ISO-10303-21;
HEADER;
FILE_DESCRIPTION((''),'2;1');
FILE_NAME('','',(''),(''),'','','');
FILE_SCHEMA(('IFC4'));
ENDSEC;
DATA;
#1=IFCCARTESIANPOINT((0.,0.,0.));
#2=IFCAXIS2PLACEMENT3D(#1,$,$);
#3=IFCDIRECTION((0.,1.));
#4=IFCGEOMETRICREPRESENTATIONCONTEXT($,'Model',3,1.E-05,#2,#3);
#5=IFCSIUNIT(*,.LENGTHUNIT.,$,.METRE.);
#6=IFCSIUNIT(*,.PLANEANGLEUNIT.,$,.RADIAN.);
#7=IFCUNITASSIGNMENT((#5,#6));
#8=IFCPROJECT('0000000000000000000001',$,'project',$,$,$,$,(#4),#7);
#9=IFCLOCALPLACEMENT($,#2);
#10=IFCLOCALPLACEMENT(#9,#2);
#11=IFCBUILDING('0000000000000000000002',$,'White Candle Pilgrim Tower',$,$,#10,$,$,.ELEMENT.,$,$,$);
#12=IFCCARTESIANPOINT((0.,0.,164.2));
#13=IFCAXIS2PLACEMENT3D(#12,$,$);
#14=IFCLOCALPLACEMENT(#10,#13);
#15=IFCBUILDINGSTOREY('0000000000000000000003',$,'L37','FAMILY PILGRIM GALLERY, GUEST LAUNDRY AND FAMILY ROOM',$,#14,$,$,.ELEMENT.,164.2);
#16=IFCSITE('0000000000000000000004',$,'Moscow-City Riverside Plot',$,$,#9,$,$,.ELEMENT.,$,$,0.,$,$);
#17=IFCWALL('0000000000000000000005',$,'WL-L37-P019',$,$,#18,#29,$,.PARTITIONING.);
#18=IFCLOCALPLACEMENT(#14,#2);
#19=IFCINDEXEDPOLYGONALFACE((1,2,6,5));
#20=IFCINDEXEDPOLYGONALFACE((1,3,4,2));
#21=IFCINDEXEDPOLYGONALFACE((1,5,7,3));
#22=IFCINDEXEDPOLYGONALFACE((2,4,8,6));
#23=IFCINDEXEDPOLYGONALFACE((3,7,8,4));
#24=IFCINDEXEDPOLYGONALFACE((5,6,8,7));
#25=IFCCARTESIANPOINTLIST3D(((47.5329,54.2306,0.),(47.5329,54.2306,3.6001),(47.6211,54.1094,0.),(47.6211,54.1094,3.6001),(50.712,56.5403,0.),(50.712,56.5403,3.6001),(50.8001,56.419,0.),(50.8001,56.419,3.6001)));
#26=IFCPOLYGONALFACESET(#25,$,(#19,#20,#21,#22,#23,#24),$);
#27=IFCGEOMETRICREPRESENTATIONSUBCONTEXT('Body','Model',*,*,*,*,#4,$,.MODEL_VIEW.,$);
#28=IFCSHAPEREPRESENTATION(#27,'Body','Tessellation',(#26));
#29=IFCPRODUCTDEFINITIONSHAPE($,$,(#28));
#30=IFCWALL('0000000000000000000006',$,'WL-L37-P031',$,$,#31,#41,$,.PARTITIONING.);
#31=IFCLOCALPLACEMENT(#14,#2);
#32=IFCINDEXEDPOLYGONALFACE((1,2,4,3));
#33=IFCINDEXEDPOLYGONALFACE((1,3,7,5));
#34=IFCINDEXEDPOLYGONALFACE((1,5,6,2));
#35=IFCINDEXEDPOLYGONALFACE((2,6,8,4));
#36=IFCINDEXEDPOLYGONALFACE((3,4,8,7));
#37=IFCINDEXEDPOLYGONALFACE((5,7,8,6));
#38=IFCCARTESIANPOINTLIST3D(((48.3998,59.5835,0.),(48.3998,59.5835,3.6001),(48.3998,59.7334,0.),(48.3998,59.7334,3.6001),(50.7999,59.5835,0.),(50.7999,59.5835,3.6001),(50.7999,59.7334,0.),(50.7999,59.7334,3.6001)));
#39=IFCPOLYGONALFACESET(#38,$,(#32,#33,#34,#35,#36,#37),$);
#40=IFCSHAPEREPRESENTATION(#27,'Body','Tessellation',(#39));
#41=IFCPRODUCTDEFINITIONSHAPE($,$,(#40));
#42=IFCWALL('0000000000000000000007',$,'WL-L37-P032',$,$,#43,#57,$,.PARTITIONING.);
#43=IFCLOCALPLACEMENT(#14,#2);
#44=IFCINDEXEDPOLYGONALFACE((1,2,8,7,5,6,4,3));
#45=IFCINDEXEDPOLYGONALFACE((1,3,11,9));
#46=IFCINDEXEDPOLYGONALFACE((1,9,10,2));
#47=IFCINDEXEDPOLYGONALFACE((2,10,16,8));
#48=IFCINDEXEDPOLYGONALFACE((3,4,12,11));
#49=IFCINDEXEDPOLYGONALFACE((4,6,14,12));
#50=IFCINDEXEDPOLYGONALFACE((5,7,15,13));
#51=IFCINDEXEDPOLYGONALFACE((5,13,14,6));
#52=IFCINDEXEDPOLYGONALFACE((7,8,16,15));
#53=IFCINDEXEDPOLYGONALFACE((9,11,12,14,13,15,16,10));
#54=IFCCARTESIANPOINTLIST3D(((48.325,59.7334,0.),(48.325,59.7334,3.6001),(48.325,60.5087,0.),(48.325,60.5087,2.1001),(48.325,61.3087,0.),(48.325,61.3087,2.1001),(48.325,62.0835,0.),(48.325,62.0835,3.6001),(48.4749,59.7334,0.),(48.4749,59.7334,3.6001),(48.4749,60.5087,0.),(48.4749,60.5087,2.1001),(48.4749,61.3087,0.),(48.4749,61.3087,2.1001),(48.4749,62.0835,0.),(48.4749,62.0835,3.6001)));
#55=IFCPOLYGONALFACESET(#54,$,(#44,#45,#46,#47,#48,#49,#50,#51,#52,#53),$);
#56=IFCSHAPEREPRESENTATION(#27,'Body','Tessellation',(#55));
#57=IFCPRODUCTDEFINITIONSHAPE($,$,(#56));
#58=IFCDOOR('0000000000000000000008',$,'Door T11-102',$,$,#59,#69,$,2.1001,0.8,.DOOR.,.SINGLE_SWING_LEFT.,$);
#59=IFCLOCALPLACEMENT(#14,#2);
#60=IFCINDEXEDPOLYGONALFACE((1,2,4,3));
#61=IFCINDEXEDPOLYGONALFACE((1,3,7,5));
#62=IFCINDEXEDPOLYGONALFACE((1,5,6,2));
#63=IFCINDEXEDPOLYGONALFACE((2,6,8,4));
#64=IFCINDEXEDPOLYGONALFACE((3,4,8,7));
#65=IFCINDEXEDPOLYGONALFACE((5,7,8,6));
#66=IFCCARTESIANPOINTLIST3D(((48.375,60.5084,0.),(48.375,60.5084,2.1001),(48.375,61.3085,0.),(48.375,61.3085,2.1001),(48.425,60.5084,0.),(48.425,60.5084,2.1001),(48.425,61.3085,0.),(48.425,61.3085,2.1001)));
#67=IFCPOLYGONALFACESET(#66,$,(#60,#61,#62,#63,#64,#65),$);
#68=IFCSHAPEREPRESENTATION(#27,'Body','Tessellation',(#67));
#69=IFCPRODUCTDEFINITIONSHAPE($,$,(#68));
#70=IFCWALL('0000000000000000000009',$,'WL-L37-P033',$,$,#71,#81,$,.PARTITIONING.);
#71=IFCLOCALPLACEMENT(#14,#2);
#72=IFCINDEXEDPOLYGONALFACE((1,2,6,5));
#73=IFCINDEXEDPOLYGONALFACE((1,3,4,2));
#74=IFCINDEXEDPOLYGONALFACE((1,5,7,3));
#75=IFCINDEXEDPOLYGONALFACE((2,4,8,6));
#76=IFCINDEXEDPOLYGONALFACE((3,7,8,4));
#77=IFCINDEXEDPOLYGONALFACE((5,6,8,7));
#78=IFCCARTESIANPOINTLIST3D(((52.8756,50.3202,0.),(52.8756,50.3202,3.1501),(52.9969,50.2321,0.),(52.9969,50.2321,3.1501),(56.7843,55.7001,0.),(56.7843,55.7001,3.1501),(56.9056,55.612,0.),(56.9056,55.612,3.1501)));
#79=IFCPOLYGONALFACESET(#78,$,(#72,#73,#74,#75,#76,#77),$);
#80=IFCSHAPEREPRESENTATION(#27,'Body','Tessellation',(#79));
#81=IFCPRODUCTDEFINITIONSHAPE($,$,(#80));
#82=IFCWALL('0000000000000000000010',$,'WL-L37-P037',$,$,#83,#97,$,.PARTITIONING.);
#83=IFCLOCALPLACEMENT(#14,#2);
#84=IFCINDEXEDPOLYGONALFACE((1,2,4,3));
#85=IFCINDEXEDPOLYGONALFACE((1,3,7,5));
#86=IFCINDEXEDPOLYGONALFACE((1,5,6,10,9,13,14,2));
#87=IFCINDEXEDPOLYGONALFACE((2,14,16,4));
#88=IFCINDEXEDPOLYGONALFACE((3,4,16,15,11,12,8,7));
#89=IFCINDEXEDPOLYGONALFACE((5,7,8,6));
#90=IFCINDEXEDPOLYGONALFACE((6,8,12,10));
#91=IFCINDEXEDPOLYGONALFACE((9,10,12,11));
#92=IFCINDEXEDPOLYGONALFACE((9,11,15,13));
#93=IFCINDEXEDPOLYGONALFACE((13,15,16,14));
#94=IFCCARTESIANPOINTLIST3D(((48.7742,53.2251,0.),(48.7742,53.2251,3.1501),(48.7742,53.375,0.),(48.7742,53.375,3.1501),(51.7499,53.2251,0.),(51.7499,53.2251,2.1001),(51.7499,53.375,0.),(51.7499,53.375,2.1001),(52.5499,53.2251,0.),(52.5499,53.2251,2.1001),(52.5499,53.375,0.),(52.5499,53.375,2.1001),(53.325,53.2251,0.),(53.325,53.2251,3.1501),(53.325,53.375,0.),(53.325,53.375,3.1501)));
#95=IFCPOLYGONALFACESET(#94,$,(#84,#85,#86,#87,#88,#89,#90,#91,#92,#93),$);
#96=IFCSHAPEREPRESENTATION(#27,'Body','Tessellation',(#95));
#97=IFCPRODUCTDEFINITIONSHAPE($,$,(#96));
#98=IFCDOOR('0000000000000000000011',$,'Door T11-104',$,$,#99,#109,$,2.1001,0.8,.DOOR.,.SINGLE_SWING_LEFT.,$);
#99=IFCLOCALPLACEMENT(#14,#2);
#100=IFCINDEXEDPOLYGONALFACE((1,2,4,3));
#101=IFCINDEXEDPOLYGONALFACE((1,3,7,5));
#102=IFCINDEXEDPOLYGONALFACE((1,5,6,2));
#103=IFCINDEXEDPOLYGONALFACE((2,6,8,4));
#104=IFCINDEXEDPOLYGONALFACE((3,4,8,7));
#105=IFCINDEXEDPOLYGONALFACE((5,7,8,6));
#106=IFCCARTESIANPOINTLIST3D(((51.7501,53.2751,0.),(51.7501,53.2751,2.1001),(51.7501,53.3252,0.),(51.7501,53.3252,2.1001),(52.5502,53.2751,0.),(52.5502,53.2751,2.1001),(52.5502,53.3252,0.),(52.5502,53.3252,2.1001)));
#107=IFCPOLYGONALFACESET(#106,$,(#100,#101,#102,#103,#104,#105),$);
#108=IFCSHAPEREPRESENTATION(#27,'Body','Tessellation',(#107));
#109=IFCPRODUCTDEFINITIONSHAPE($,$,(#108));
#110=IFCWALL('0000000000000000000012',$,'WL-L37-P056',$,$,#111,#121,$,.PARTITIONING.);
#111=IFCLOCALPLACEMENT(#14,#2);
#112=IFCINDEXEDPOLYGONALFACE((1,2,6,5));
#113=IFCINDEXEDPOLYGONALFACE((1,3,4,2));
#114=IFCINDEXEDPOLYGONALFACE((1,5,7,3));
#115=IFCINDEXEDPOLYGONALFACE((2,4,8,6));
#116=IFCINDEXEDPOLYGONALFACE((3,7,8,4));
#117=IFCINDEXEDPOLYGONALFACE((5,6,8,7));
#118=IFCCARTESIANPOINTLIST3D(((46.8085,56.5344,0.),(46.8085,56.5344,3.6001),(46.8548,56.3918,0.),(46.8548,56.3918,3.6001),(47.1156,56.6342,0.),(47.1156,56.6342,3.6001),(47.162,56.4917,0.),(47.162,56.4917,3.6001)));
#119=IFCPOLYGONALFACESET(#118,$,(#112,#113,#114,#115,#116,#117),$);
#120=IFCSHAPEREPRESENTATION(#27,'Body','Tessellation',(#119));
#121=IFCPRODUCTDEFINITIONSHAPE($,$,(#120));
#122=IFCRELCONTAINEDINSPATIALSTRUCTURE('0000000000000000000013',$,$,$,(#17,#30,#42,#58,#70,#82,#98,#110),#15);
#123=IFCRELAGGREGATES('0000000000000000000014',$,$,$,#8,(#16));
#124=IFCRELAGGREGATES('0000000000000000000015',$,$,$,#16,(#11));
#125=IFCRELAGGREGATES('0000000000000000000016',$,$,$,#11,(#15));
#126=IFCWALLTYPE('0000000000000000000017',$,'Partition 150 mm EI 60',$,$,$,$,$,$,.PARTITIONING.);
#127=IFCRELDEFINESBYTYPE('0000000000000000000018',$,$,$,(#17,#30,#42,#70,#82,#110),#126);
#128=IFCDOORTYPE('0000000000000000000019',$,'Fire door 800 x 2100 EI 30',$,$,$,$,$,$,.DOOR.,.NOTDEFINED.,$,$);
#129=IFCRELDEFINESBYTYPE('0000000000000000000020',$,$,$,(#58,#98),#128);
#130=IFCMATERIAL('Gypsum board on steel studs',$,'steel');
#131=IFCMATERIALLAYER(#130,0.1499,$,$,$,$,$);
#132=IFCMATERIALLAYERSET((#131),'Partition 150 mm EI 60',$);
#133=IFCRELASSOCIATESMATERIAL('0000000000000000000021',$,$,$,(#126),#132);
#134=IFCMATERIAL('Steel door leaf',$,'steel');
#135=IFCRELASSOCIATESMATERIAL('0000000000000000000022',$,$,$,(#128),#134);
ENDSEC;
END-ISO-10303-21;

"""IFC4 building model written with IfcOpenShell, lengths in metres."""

from ifc_helpers import new_model, si_unit, direction, frame, frame_2d, origin, place, context, subcontext, project, spatial, rectangle, extrude, material, layer, layer_set, type_object, element, fill, save


model = new_model("IFC4")

# Units and contexts
model_context = context("Model", 3, precision=1e-05, world=origin(), true_north=direction((0.0, 1.0)))
body_context = subcontext(model_context, "Body", "Model", "MODEL_VIEW")
ifc_project = project(units=[si_unit("LENGTHUNIT", "METRE"), si_unit("PLANEANGLEUNIT", "RADIAN")], contexts=[model_context])

# Site, building, storey
site_placement = place(None, origin())
site = spatial("IfcSite", under=ifc_project, at=site_placement, Name="Moscow-City Riverside Plot", CompositionType="ELEMENT", RefElevation=0.0)
building_placement = place(site_placement, origin())
building = spatial("IfcBuilding", under=site, at=building_placement, Name="White Candle Pilgrim Tower", CompositionType="ELEMENT")
storey_placement = place(building_placement, frame((0.0, 0.0, 164.2)))
storey = spatial("IfcBuildingStorey", under=building, at=storey_placement, Name="L37", Description="FAMILY PILGRIM GALLERY, GUEST LAUNDRY AND FAMILY ROOM", CompositionType="ELEMENT", Elevation=164.2)

# Shared definitions
ifc_material_1 = material(Name="Gypsum board on steel studs", Category="steel")
ifc_material_2 = material(Name="Steel door leaf", Category="steel")

# Walls
ifc_layer_1 = layer(ifc_material_1, 0.1499)
ifc_layer_set_1 = layer_set([ifc_layer_1], Name="Partition 150 mm EI 60")
wall_type_1 = type_object("IfcWallType", Name="Partition 150 mm EI 60", PredefinedType="PARTITIONING", material=ifc_layer_set_1)
wall_1_placement = place(storey_placement, frame((47.5769, 54.1699, 0.0), z_axis=(0.0, 0.0, 1.0), x_axis=(0.809026, 0.587773, 0.0)))
element("IfcWall", 1, at=wall_1_placement, inside=storey, type_object=wall_type_1, Name="WL-L37-P019", PredefinedType="PARTITIONING", context=body_context, shape_type="SweptSolid", body=[
    extrude(rectangle(XDim=3.9294, YDim=0.1499, at=frame_2d((1.9648, 0.0))), origin(), (0.0, 0.0, 1.0), 3.6001),
])
wall_2_placement = place(storey_placement, frame((50.8, 59.6584, 0.0), z_axis=(0.0, 0.0, 1.0), x_axis=(-1.0, 0.0, 0.0)))
element("IfcWall", 2, at=wall_2_placement, inside=storey, type_object=wall_type_1, Name="WL-L37-P031", PredefinedType="PARTITIONING", context=body_context, shape_type="SweptSolid", body=[
    extrude(rectangle(XDim=2.4001, YDim=0.1499, at=frame_2d((1.2002, 0.0))), origin(), (0.0, 0.0, 1.0), 3.6001),
])

# Wall, opening, door
wall_3_placement = place(storey_placement, frame((48.3999, 62.0835, 0.0), z_axis=(0.0, 0.0, 1.0), x_axis=(0.0, -1.0, 0.0)))
wall_3 = element("IfcWall", 3, at=wall_3_placement, inside=storey, type_object=wall_type_1, Name="WL-L37-P032", PredefinedType="PARTITIONING", context=body_context, shape_type="SweptSolid", body=[
    extrude(rectangle(XDim=2.3501, YDim=0.1499, at=frame_2d((1.175, 0.0))), origin(), (0.0, 0.0, 1.0), 3.6001),
])
opening_1_placement = place(wall_3_placement, frame((0.7749, 0.0, 0.0)))
opening_1 = element("IfcOpeningElement", 4, at=opening_1_placement, cuts=wall_3, PredefinedType="OPENING", context=body_context, shape_type="SweptSolid", body=[
    extrude(rectangle(XDim=0.8, YDim=2.1001, at=frame_2d((0.3999, 1.05))), frame((0.0, 0.085, 0.0), z_axis=(0.0, -1.0, 0.0), x_axis=(1.0, 0.0, 0.0)), (0.0, 0.0, 1.0), 0.1699),
])
door_type_1 = type_object("IfcDoorType", Name="Fire door 800 x 2100 EI 30", OperationType="NOTDEFINED", PredefinedType="DOOR", material=ifc_material_2)
door_1_placement = place(opening_1_placement, frame((0.8, 0.0, 0.0), z_axis=(0.0, 0.0, 1.0), x_axis=(-1.0, 0.0, 0.0)))
door_1 = element("IfcDoor", 5, at=door_1_placement, inside=storey, type_object=door_type_1, Name="Door T11-102", OperationType="SINGLE_SWING_LEFT", OverallHeight=2.1001, OverallWidth=0.8, PredefinedType="DOOR", context=body_context, shape_type="SweptSolid", body=[
    extrude(rectangle(XDim=0.8, YDim=2.1001, at=frame_2d((0.3999, 1.05))), frame((0.0, 0.0249, 0.0), z_axis=(0.0, -1.0, 0.0), x_axis=(1.0, 0.0, 0.0)), (0.0, 0.0, 1.0), 0.05),
])
fill(opening_1, door_1)

# Wall
wall_4_placement = place(storey_placement, frame((52.9363, 50.2761, 0.0), z_axis=(0.0, 0.0, 1.0), x_axis=(0.587783, 0.809019, 0.0)))
element("IfcWall", 6, at=wall_4_placement, inside=storey, type_object=wall_type_1, Name="WL-L37-P033", PredefinedType="PARTITIONING", context=body_context, shape_type="SweptSolid", body=[
    extrude(rectangle(XDim=6.6499, YDim=0.1499, at=frame_2d((3.325, 0.0))), origin(), (0.0, 0.0, 1.0), 3.1501),
])

# Wall, opening, door
wall_5_placement = place(storey_placement, frame((48.7742, 53.3, 0.0), z_axis=(0.0, 0.0, 1.0), x_axis=(1.0, 0.0, 0.0)))
wall_5 = element("IfcWall", 7, at=wall_5_placement, inside=storey, type_object=wall_type_1, Name="WL-L37-P037", PredefinedType="PARTITIONING", context=body_context, shape_type="SweptSolid", body=[
    extrude(rectangle(XDim=4.5508, YDim=0.1499, at=frame_2d((2.2754, 0.0))), origin(), (0.0, 0.0, 1.0), 3.1501),
])
opening_2_placement = place(wall_5_placement, frame((2.9758, 0.0, 0.0)))
opening_2 = element("IfcOpeningElement", 8, at=opening_2_placement, cuts=wall_5, PredefinedType="OPENING", context=body_context, shape_type="SweptSolid", body=[
    extrude(rectangle(XDim=0.8, YDim=2.1001, at=frame_2d((0.3999, 1.05))), frame((0.0, 0.085, 0.0), z_axis=(0.0, -1.0, 0.0), x_axis=(1.0, 0.0, 0.0)), (0.0, 0.0, 1.0), 0.1699),
])
door_2_placement = place(opening_2_placement, frame((0.8, 0.0, 0.0), z_axis=(0.0, 0.0, 1.0), x_axis=(-1.0, 0.0, 0.0)))
door_2 = element("IfcDoor", 9, at=door_2_placement, inside=storey, type_object=door_type_1, Name="Door T11-104", OperationType="SINGLE_SWING_LEFT", OverallHeight=2.1001, OverallWidth=0.8, PredefinedType="DOOR", context=body_context, shape_type="SweptSolid", body=[
    extrude(rectangle(XDim=0.8, YDim=2.1001, at=frame_2d((0.3999, 1.05))), frame((0.0, 0.0249, 0.0), z_axis=(0.0, -1.0, 0.0), x_axis=(1.0, 0.0, 0.0)), (0.0, 0.0, 1.0), 0.05),
])
fill(opening_2, door_2)

# Wall
wall_6_placement = place(storey_placement, frame((47.1389, 56.563, 0.0), z_axis=(0.0, 0.0, 1.0), x_axis=(-0.951001, -0.309189, 0.0)))
element("IfcWall", 10, at=wall_6_placement, inside=storey, type_object=wall_type_1, Name="WL-L37-P056", PredefinedType="PARTITIONING", context=body_context, shape_type="SweptSolid", body=[
    extrude(rectangle(XDim=0.323, YDim=0.1499, at=frame_2d((0.1616, 0.0))), origin(), (0.0, 0.0, 1.0), 3.6001),
])

save(model, "model.ifc")
